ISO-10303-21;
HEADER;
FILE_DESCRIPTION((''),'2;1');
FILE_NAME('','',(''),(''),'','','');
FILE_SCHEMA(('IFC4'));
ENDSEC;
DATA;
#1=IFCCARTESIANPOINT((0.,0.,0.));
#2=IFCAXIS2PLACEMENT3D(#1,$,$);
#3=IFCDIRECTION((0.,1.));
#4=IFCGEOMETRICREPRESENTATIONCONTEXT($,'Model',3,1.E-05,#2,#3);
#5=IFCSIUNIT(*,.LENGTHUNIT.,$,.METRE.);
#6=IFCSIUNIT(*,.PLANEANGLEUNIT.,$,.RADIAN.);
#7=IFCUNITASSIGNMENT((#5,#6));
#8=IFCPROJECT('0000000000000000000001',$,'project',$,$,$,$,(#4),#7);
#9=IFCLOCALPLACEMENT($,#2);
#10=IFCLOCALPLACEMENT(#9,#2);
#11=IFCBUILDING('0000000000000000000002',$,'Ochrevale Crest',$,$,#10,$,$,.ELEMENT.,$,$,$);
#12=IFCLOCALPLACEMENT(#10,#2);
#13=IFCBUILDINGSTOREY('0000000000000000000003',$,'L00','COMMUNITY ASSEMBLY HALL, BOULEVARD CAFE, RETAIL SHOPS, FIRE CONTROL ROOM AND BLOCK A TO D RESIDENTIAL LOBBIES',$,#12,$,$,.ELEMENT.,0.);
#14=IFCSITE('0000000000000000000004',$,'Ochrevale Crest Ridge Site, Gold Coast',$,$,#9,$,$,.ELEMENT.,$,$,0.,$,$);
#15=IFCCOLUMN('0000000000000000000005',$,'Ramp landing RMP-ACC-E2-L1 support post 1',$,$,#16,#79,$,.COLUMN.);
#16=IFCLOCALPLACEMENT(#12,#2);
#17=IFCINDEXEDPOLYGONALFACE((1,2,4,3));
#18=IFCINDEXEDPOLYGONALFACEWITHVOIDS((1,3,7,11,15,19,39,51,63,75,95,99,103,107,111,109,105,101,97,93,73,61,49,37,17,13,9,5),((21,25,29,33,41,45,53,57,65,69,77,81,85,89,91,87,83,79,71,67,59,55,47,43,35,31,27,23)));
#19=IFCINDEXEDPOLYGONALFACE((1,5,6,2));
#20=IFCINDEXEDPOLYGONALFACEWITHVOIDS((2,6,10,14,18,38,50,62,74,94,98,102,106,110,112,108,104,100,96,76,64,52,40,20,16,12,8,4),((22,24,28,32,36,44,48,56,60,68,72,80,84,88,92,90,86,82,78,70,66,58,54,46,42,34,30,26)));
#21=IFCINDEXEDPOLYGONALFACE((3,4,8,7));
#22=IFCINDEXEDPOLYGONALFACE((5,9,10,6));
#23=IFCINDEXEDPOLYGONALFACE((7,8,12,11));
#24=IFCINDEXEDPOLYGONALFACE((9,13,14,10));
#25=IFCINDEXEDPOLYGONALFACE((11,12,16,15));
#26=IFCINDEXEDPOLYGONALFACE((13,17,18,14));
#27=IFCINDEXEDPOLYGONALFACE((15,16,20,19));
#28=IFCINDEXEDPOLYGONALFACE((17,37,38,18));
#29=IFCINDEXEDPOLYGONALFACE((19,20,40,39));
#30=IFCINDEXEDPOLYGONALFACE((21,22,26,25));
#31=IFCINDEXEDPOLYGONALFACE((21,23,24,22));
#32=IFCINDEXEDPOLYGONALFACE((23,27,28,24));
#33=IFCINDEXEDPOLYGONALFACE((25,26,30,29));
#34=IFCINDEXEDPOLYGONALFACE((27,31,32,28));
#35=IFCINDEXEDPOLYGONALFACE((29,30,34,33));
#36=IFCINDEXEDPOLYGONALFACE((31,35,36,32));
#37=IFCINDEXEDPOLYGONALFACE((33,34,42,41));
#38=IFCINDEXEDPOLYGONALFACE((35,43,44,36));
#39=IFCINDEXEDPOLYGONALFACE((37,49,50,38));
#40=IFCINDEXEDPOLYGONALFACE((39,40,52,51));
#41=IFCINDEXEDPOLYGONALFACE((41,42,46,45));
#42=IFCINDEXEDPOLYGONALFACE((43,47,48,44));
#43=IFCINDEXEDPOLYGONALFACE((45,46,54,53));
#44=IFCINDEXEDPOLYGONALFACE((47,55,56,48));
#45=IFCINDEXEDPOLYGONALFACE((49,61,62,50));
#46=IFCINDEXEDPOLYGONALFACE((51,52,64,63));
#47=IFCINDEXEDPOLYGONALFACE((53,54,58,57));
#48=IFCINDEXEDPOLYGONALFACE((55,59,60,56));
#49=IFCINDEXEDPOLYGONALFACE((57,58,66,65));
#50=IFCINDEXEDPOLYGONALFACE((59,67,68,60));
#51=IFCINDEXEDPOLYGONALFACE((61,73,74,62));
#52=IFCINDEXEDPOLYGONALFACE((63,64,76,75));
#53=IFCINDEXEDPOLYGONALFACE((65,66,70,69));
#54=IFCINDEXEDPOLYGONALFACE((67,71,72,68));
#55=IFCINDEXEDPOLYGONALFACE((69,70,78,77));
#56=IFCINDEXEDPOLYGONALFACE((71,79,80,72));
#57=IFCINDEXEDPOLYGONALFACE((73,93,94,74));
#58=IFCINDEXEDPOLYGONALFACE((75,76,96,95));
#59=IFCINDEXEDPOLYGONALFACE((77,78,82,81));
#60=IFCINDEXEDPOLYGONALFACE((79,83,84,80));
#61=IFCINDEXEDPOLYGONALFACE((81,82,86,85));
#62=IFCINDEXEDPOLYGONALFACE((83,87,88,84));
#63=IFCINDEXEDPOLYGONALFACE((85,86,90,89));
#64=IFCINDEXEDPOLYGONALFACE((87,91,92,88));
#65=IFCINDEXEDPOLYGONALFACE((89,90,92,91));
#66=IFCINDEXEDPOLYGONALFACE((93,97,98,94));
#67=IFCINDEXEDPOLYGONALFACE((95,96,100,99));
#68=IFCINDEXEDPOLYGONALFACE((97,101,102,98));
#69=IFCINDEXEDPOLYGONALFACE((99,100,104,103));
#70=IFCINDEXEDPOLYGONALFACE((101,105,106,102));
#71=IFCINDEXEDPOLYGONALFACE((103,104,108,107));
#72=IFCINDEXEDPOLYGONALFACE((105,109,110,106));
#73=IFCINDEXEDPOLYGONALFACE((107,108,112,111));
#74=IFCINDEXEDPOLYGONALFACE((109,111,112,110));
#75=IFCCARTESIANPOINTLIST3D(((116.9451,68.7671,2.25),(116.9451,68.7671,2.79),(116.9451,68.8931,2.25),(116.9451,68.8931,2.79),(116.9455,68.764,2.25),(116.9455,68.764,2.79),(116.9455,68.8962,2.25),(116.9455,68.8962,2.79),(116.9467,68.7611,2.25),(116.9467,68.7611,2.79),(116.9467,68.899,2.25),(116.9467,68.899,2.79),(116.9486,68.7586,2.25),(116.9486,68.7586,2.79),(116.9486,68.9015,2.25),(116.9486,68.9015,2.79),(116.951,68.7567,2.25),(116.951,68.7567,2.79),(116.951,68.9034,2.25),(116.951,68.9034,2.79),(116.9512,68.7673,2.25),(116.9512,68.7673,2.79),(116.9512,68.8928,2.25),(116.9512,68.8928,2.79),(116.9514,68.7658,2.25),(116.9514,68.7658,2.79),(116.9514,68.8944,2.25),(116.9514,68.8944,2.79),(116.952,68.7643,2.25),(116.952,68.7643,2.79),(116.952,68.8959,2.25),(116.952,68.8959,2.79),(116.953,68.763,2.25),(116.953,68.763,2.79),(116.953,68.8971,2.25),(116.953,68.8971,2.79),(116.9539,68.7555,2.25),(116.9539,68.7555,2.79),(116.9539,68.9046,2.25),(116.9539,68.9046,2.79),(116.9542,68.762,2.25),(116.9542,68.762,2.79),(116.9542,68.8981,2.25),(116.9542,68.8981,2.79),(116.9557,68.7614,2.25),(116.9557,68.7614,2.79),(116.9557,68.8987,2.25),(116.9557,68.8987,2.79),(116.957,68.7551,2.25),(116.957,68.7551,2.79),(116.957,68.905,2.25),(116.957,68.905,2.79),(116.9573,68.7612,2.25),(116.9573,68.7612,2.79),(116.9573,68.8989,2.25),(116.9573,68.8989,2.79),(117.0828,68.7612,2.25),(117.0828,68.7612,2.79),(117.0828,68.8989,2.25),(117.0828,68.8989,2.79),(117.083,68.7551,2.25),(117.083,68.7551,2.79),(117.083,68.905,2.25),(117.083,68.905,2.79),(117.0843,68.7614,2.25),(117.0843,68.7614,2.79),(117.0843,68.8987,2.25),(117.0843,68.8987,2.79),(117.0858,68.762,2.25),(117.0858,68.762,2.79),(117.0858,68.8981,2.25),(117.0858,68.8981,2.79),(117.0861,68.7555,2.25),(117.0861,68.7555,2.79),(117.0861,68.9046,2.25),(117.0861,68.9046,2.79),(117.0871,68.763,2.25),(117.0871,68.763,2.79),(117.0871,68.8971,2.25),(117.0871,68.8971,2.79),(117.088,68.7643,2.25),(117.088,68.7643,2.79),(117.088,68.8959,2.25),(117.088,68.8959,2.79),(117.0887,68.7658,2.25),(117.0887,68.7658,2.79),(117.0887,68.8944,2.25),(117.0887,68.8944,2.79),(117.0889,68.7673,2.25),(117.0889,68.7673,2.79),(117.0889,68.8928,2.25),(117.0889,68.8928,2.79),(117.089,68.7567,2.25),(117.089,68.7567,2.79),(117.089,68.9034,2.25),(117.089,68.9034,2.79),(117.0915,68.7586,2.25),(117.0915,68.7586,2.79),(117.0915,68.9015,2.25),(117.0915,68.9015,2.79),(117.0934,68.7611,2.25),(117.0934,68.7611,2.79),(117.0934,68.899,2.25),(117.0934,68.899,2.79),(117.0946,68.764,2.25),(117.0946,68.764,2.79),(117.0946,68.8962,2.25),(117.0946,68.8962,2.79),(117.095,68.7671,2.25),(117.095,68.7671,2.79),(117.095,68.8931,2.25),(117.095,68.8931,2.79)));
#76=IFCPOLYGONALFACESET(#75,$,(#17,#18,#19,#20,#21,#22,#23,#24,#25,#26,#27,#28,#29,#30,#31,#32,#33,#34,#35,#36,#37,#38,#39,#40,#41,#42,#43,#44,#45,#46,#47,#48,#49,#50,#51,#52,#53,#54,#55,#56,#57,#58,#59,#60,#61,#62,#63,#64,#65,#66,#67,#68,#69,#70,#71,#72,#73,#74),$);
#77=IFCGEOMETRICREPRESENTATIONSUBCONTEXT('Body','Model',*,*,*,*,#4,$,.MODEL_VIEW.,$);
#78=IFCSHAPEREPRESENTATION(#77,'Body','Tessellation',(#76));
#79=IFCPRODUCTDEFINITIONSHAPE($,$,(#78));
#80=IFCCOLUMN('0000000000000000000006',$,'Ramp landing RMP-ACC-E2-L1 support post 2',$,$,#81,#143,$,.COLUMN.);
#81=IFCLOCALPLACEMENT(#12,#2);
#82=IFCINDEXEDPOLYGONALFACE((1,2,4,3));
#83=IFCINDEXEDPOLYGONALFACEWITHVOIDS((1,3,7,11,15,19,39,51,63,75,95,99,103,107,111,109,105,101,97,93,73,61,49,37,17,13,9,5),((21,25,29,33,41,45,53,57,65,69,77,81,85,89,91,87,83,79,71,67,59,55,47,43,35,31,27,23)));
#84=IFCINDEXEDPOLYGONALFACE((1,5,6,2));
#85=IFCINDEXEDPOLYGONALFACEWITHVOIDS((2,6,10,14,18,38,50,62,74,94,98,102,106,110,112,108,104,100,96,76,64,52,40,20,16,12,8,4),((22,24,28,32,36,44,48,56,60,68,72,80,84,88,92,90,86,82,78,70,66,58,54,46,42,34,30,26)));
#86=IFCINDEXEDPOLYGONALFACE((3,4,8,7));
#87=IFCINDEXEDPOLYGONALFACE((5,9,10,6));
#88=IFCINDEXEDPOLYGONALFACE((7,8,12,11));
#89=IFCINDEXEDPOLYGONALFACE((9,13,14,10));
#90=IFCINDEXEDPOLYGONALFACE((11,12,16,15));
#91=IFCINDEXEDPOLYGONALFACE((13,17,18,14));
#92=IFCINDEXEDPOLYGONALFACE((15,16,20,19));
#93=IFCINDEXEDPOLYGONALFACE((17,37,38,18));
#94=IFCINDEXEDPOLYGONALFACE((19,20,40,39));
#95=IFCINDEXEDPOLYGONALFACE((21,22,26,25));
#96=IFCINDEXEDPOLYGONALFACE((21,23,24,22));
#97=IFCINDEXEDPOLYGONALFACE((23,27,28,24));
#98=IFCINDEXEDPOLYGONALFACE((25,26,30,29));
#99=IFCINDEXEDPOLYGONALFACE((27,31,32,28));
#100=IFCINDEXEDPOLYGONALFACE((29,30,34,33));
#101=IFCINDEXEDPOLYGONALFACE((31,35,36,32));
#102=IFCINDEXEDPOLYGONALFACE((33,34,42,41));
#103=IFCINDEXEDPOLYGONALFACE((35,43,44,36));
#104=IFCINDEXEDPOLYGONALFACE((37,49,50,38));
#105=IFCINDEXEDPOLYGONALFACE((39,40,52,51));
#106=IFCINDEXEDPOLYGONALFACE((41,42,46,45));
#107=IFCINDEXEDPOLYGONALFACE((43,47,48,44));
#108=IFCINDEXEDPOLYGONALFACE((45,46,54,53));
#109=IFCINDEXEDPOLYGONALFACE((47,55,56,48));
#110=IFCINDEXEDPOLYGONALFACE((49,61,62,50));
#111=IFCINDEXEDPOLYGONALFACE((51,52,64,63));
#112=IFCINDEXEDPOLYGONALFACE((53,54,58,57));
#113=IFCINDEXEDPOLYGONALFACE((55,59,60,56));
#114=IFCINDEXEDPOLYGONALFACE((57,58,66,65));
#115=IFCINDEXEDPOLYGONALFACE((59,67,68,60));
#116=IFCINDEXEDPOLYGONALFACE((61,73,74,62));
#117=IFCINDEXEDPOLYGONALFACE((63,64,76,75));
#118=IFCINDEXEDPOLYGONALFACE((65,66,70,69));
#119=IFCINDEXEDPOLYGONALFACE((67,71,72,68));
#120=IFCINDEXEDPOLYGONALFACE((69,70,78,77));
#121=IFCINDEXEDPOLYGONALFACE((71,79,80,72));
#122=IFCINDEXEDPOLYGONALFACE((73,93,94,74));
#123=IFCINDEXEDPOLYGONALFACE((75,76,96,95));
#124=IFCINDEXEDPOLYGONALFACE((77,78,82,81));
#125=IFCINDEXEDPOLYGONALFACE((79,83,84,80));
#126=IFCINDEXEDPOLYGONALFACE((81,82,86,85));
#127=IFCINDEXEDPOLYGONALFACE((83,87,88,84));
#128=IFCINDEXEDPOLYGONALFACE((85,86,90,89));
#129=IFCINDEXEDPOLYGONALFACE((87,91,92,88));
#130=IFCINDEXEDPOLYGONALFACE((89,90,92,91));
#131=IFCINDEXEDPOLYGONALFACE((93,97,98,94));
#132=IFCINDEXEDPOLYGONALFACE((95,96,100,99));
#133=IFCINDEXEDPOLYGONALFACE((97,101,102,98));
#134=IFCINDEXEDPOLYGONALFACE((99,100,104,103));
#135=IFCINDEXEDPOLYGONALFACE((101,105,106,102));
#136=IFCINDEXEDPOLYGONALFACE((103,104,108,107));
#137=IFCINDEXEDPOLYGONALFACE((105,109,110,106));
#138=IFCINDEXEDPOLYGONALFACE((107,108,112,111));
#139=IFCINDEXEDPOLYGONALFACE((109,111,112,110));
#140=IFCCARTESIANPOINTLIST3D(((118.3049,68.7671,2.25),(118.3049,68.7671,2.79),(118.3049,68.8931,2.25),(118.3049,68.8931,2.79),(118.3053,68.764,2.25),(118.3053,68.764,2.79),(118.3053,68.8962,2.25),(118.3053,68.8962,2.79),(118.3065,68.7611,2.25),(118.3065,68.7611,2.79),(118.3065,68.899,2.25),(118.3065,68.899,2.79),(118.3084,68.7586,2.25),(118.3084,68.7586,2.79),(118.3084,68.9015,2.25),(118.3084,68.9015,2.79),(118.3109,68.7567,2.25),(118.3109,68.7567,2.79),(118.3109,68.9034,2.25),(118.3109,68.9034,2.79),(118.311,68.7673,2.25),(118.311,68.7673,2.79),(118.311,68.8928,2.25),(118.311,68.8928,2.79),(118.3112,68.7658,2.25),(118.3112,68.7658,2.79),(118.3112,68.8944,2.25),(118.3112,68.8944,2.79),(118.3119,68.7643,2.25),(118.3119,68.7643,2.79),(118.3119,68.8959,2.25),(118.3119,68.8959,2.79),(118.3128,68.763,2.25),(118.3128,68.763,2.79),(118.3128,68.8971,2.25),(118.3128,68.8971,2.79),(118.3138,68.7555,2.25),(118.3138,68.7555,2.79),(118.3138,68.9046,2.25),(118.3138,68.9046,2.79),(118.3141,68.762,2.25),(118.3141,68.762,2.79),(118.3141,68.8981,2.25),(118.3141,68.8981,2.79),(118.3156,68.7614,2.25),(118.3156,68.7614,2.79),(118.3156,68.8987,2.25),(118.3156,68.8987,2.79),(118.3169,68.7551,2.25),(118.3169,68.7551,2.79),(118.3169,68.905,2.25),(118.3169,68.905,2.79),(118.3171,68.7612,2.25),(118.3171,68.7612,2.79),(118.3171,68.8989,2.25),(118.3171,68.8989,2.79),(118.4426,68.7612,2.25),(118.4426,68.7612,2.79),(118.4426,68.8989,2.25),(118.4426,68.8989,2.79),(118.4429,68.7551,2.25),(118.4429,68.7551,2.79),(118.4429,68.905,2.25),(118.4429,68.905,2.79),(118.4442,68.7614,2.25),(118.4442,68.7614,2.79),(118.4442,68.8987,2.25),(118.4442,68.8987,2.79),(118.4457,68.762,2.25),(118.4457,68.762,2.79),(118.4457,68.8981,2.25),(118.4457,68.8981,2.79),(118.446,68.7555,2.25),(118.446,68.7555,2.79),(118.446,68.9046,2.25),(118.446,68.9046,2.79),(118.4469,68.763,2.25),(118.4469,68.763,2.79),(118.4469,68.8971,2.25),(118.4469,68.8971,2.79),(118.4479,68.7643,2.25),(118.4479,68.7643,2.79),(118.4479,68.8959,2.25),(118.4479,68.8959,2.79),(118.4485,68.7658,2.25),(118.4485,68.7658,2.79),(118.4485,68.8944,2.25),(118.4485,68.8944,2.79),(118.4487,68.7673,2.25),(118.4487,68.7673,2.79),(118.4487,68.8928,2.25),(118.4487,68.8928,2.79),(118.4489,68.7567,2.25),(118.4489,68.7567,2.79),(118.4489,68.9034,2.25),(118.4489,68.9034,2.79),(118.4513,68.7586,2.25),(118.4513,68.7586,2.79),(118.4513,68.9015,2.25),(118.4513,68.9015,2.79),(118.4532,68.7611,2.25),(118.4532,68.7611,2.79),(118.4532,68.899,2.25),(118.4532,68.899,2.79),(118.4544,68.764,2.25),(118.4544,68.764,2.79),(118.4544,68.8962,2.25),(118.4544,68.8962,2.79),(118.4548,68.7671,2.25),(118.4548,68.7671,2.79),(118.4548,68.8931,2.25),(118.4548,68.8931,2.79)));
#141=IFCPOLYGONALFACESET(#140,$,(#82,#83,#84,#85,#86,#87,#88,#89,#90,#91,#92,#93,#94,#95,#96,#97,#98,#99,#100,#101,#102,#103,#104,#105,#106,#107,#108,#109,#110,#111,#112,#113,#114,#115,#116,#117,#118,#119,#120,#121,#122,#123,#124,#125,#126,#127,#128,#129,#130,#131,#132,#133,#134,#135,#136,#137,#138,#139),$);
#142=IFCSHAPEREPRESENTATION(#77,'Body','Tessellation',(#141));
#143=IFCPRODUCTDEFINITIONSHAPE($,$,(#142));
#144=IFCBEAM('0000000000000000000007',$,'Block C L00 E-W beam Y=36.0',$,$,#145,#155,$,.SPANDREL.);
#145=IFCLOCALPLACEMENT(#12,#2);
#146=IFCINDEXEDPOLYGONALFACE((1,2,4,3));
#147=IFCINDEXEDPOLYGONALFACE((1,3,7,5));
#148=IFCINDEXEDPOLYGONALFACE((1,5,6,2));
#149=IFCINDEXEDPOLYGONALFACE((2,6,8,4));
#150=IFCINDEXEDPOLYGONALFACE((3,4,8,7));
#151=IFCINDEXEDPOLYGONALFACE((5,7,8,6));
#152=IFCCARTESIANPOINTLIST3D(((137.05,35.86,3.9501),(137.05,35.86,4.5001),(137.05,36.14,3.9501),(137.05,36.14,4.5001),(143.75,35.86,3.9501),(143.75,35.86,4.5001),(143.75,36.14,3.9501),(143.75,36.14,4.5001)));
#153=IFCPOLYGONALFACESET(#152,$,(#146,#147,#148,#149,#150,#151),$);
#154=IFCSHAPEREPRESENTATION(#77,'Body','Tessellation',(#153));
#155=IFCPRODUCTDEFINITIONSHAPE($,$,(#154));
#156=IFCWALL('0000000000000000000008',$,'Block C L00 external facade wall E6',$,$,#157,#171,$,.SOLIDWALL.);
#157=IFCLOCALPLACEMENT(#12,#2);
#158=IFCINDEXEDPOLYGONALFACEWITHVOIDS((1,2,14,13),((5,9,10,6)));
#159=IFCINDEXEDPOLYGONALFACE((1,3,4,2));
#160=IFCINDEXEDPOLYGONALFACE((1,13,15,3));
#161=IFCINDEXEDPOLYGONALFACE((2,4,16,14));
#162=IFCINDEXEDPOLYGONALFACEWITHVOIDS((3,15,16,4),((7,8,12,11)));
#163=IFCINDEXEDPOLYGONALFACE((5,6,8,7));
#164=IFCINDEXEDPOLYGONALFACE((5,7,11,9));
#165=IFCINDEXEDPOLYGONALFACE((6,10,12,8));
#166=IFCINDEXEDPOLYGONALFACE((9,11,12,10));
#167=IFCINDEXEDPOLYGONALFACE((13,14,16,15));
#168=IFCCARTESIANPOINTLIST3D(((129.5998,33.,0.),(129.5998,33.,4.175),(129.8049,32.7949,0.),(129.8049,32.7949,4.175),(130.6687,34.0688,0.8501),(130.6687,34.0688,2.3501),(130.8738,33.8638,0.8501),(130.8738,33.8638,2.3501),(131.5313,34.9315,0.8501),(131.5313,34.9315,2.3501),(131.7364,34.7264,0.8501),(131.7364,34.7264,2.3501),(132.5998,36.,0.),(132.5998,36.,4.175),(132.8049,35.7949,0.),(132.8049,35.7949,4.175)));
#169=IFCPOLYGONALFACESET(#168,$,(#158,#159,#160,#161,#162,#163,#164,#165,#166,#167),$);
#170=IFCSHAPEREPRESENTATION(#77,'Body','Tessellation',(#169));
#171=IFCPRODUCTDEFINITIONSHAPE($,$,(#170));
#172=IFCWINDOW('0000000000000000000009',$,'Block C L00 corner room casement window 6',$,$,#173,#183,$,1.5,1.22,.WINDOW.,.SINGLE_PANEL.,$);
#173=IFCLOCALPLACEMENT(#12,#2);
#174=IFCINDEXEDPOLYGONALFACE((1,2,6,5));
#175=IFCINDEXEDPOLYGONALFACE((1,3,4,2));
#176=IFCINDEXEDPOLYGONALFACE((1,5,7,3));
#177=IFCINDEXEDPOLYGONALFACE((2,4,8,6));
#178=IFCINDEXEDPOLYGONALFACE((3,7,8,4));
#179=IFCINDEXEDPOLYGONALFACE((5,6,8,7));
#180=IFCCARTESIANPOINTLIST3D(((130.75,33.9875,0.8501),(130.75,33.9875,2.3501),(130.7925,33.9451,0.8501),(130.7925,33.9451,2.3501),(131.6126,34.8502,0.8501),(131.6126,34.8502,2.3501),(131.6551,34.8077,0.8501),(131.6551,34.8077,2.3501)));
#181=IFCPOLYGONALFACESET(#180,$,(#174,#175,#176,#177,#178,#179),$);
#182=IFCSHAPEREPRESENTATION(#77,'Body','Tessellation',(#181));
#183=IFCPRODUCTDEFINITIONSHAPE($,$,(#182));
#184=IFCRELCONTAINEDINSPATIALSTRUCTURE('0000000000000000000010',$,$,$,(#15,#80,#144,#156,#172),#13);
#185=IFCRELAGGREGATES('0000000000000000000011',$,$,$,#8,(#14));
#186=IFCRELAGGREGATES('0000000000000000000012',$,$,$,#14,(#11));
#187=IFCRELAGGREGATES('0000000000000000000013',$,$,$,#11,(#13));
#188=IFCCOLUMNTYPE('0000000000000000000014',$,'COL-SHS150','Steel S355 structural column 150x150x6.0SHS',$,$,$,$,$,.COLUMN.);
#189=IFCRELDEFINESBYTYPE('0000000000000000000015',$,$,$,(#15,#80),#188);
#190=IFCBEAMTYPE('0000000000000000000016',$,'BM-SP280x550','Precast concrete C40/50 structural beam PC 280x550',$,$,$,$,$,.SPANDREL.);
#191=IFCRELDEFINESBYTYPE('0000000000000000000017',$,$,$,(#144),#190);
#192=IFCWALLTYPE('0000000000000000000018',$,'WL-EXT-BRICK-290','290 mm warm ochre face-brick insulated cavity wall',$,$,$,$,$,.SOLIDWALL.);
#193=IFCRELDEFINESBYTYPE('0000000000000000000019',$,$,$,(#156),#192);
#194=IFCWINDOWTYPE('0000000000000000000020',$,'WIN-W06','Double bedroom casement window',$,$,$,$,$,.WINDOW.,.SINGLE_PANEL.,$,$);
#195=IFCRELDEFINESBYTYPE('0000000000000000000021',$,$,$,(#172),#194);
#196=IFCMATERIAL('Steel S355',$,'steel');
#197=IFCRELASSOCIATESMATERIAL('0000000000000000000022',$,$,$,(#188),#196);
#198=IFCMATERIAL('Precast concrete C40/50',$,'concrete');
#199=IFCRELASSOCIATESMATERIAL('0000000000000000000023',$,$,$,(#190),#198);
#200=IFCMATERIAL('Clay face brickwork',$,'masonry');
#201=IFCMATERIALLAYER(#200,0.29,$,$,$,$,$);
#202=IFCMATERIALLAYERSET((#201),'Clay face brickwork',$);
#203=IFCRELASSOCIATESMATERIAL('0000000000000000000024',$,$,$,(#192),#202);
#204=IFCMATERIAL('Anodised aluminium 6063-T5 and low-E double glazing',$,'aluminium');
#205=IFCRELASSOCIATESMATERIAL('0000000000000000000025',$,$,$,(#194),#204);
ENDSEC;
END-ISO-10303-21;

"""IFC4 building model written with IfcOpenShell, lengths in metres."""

from ifc_helpers import new_model, si_unit, direction, frame, frame_2d, origin, origin_2d, place, context, subcontext, project, spatial, rectangle, hollow_rectangle, extrude, material, layer, layer_set, material_profile, profile_set, type_object, element, fill, save


model = new_model("IFC4")

# Units and contexts
model_context = context("Model", 3, precision=1e-05, world=origin(), true_north=direction((0.0, 1.0)))
body_context = subcontext(model_context, "Body", "Model", "MODEL_VIEW")
ifc_project = project(units=[si_unit("LENGTHUNIT", "METRE"), si_unit("PLANEANGLEUNIT", "RADIAN")], contexts=[model_context])

# Site, building, storey
site_placement = place(None, origin())
site = spatial("IfcSite", under=ifc_project, at=site_placement, Name="Ochrevale Crest Ridge Site, Gold Coast", CompositionType="ELEMENT", RefElevation=0.0)
building_placement = place(site_placement, origin())
building = spatial("IfcBuilding", under=site, at=building_placement, Name="Ochrevale Crest", CompositionType="ELEMENT")
storey_placement = place(building_placement, origin())
storey = spatial("IfcBuildingStorey", under=building, at=storey_placement, Name="L00", Description="COMMUNITY ASSEMBLY HALL, BOULEVARD CAFE, RETAIL SHOPS, FIRE CONTROL ROOM AND BLOCK A TO D RESIDENTIAL LOBBIES", CompositionType="ELEMENT", Elevation=0.0)

# Columns
ifc_material_1 = material(Name="Precast concrete C40/50", Category="concrete")
ifc_material_2 = material(Name="Steel S355", Category="steel")
ifc_material_profile_1 = material_profile(ifc_material_2, hollow_rectangle(XDim=0.1499, YDim=0.1499, WallThickness=0.0061, InnerFilletRadius=0.0061, OuterFilletRadius=0.012, at=origin_2d()), Name="150x150x6.0SHS")
ifc_profile_set_1 = profile_set([ifc_material_profile_1], Name="Steel S355")
column_type_1 = type_object("IfcColumnType", Name="COL-SHS150", Description="Steel S355 structural column 150x150x6.0SHS", PredefinedType="COLUMN", material=ifc_profile_set_1)
for number, where, z_axis, x_axis, name in (
    (1, (117.02, 68.8301, 2.25), (0.0, 0.0, 1.0), (1.0, 0.0, 0.0), "Ramp landing RMP-ACC-E2-L1 support post 1"),
    (2, (118.3799, 68.8301, 2.25), (0.0, 0.0, 1.0), (1.0, 0.0, 0.0), "Ramp landing RMP-ACC-E2-L1 support post 2"),
):
    element("IfcColumn", number, at=place(storey_placement, frame(where, z_axis=z_axis, x_axis=x_axis)), inside=storey, type_object=column_type_1, Name=name, PredefinedType="COLUMN", context=body_context, shape_type="SweptSolid", body=[
        extrude(hollow_rectangle(XDim=0.1499, YDim=0.1499, WallThickness=0.0061, InnerFilletRadius=0.0061, OuterFilletRadius=0.012, at=origin_2d()), origin(), (0.0, 0.0, 1.0), 0.54),
    ])

# Beam
ifc_material_profile_2 = material_profile(ifc_material_1, rectangle(XDim=0.28, YDim=0.55, at=origin_2d()), Name="PC 280x550")
ifc_profile_set_2 = profile_set([ifc_material_profile_2], Name="Precast concrete C40/50")
beam_type = type_object("IfcBeamType", Name="BM-SP280x550", Description="Precast concrete C40/50 structural beam PC 280x550", PredefinedType="SPANDREL", material=ifc_profile_set_2)
beam_placement = place(storey_placement, frame((137.05, 36.0, 4.2251), z_axis=(1.0, 0.0, 0.0), x_axis=(0.0, 1.0, 0.0)))
element("IfcBeam", 3, at=beam_placement, inside=storey, type_object=beam_type, Name="Block C L00 E-W beam Y=36.0", PredefinedType="SPANDREL", context=body_context, shape_type="SweptSolid", body=[
    extrude(rectangle(XDim=0.28, YDim=0.55, at=origin_2d()), origin(), (0.0, 0.0, 1.0), 6.7),
])

# Wall, opening, window
ifc_material_3 = material(Name="Clay face brickwork", Category="masonry")
ifc_layer_1 = layer(ifc_material_3, 0.29)
ifc_layer_set_1 = layer_set([ifc_layer_1], Name="Clay face brickwork")
wall_type_1 = type_object("IfcWallType", Name="WL-EXT-BRICK-290", Description="290 mm warm ochre face-brick insulated cavity wall", PredefinedType="SOLIDWALL", material=ifc_layer_set_1)
wall_1_placement = place(storey_placement, frame((132.7024, 35.8975, 0.0), z_axis=(0.0, 0.0, 1.0), x_axis=(-0.707107, -0.707107, 0.0)))
wall_1 = element("IfcWall", 4, at=wall_1_placement, inside=storey, type_object=wall_type_1, Name="Block C L00 external facade wall E6", PredefinedType="SOLIDWALL", context=body_context, shape_type="SweptSolid", body=[
    extrude(rectangle(XDim=4.2427, YDim=0.29, at=frame_2d((2.1213, 0.0))), origin(), (0.0, 0.0, 1.0), 4.175),
])
opening_1_placement = place(wall_1_placement, frame((1.5112, 0.0, 0.8501)))
opening_1 = element("IfcOpeningElement", 5, at=opening_1_placement, cuts=wall_1, PredefinedType="OPENING", context=body_context, shape_type="SweptSolid", body=[
    extrude(rectangle(XDim=1.22, YDim=1.5, at=frame_2d((0.6099, 0.75))), frame((0.0, 0.155, 0.0), z_axis=(0.0, -1.0, 0.0), x_axis=(1.0, 0.0, 0.0)), (0.0, 0.0, 1.0), 0.3101),
])
ifc_material_4 = material(Name="Anodised aluminium 6063-T5 and low-E double glazing", Category="aluminium")
window_type_1 = type_object("IfcWindowType", Name="WIN-W06", Description="Double bedroom casement window", PartitioningType="SINGLE_PANEL", PredefinedType="WINDOW", material=ifc_material_4)
window_1_placement = place(opening_1_placement, origin())
window_1 = element("IfcWindow", 6, at=window_1_placement, inside=storey, type_object=window_type_1, Name="Block C L00 corner room casement window 6", OverallHeight=1.5, OverallWidth=1.22, PartitioningType="SINGLE_PANEL", PredefinedType="WINDOW", context=body_context, shape_type="SweptSolid", body=[
    extrude(rectangle(XDim=1.22, YDim=1.5, at=frame_2d((0.6099, 0.75))), frame((0.0, 0.03, 0.0), z_axis=(0.0, -1.0, 0.0), x_axis=(1.0, 0.0, 0.0)), (0.0, 0.0, 1.0), 0.0601),
])
fill(opening_1, window_1)

save(model, "model.ifc")
